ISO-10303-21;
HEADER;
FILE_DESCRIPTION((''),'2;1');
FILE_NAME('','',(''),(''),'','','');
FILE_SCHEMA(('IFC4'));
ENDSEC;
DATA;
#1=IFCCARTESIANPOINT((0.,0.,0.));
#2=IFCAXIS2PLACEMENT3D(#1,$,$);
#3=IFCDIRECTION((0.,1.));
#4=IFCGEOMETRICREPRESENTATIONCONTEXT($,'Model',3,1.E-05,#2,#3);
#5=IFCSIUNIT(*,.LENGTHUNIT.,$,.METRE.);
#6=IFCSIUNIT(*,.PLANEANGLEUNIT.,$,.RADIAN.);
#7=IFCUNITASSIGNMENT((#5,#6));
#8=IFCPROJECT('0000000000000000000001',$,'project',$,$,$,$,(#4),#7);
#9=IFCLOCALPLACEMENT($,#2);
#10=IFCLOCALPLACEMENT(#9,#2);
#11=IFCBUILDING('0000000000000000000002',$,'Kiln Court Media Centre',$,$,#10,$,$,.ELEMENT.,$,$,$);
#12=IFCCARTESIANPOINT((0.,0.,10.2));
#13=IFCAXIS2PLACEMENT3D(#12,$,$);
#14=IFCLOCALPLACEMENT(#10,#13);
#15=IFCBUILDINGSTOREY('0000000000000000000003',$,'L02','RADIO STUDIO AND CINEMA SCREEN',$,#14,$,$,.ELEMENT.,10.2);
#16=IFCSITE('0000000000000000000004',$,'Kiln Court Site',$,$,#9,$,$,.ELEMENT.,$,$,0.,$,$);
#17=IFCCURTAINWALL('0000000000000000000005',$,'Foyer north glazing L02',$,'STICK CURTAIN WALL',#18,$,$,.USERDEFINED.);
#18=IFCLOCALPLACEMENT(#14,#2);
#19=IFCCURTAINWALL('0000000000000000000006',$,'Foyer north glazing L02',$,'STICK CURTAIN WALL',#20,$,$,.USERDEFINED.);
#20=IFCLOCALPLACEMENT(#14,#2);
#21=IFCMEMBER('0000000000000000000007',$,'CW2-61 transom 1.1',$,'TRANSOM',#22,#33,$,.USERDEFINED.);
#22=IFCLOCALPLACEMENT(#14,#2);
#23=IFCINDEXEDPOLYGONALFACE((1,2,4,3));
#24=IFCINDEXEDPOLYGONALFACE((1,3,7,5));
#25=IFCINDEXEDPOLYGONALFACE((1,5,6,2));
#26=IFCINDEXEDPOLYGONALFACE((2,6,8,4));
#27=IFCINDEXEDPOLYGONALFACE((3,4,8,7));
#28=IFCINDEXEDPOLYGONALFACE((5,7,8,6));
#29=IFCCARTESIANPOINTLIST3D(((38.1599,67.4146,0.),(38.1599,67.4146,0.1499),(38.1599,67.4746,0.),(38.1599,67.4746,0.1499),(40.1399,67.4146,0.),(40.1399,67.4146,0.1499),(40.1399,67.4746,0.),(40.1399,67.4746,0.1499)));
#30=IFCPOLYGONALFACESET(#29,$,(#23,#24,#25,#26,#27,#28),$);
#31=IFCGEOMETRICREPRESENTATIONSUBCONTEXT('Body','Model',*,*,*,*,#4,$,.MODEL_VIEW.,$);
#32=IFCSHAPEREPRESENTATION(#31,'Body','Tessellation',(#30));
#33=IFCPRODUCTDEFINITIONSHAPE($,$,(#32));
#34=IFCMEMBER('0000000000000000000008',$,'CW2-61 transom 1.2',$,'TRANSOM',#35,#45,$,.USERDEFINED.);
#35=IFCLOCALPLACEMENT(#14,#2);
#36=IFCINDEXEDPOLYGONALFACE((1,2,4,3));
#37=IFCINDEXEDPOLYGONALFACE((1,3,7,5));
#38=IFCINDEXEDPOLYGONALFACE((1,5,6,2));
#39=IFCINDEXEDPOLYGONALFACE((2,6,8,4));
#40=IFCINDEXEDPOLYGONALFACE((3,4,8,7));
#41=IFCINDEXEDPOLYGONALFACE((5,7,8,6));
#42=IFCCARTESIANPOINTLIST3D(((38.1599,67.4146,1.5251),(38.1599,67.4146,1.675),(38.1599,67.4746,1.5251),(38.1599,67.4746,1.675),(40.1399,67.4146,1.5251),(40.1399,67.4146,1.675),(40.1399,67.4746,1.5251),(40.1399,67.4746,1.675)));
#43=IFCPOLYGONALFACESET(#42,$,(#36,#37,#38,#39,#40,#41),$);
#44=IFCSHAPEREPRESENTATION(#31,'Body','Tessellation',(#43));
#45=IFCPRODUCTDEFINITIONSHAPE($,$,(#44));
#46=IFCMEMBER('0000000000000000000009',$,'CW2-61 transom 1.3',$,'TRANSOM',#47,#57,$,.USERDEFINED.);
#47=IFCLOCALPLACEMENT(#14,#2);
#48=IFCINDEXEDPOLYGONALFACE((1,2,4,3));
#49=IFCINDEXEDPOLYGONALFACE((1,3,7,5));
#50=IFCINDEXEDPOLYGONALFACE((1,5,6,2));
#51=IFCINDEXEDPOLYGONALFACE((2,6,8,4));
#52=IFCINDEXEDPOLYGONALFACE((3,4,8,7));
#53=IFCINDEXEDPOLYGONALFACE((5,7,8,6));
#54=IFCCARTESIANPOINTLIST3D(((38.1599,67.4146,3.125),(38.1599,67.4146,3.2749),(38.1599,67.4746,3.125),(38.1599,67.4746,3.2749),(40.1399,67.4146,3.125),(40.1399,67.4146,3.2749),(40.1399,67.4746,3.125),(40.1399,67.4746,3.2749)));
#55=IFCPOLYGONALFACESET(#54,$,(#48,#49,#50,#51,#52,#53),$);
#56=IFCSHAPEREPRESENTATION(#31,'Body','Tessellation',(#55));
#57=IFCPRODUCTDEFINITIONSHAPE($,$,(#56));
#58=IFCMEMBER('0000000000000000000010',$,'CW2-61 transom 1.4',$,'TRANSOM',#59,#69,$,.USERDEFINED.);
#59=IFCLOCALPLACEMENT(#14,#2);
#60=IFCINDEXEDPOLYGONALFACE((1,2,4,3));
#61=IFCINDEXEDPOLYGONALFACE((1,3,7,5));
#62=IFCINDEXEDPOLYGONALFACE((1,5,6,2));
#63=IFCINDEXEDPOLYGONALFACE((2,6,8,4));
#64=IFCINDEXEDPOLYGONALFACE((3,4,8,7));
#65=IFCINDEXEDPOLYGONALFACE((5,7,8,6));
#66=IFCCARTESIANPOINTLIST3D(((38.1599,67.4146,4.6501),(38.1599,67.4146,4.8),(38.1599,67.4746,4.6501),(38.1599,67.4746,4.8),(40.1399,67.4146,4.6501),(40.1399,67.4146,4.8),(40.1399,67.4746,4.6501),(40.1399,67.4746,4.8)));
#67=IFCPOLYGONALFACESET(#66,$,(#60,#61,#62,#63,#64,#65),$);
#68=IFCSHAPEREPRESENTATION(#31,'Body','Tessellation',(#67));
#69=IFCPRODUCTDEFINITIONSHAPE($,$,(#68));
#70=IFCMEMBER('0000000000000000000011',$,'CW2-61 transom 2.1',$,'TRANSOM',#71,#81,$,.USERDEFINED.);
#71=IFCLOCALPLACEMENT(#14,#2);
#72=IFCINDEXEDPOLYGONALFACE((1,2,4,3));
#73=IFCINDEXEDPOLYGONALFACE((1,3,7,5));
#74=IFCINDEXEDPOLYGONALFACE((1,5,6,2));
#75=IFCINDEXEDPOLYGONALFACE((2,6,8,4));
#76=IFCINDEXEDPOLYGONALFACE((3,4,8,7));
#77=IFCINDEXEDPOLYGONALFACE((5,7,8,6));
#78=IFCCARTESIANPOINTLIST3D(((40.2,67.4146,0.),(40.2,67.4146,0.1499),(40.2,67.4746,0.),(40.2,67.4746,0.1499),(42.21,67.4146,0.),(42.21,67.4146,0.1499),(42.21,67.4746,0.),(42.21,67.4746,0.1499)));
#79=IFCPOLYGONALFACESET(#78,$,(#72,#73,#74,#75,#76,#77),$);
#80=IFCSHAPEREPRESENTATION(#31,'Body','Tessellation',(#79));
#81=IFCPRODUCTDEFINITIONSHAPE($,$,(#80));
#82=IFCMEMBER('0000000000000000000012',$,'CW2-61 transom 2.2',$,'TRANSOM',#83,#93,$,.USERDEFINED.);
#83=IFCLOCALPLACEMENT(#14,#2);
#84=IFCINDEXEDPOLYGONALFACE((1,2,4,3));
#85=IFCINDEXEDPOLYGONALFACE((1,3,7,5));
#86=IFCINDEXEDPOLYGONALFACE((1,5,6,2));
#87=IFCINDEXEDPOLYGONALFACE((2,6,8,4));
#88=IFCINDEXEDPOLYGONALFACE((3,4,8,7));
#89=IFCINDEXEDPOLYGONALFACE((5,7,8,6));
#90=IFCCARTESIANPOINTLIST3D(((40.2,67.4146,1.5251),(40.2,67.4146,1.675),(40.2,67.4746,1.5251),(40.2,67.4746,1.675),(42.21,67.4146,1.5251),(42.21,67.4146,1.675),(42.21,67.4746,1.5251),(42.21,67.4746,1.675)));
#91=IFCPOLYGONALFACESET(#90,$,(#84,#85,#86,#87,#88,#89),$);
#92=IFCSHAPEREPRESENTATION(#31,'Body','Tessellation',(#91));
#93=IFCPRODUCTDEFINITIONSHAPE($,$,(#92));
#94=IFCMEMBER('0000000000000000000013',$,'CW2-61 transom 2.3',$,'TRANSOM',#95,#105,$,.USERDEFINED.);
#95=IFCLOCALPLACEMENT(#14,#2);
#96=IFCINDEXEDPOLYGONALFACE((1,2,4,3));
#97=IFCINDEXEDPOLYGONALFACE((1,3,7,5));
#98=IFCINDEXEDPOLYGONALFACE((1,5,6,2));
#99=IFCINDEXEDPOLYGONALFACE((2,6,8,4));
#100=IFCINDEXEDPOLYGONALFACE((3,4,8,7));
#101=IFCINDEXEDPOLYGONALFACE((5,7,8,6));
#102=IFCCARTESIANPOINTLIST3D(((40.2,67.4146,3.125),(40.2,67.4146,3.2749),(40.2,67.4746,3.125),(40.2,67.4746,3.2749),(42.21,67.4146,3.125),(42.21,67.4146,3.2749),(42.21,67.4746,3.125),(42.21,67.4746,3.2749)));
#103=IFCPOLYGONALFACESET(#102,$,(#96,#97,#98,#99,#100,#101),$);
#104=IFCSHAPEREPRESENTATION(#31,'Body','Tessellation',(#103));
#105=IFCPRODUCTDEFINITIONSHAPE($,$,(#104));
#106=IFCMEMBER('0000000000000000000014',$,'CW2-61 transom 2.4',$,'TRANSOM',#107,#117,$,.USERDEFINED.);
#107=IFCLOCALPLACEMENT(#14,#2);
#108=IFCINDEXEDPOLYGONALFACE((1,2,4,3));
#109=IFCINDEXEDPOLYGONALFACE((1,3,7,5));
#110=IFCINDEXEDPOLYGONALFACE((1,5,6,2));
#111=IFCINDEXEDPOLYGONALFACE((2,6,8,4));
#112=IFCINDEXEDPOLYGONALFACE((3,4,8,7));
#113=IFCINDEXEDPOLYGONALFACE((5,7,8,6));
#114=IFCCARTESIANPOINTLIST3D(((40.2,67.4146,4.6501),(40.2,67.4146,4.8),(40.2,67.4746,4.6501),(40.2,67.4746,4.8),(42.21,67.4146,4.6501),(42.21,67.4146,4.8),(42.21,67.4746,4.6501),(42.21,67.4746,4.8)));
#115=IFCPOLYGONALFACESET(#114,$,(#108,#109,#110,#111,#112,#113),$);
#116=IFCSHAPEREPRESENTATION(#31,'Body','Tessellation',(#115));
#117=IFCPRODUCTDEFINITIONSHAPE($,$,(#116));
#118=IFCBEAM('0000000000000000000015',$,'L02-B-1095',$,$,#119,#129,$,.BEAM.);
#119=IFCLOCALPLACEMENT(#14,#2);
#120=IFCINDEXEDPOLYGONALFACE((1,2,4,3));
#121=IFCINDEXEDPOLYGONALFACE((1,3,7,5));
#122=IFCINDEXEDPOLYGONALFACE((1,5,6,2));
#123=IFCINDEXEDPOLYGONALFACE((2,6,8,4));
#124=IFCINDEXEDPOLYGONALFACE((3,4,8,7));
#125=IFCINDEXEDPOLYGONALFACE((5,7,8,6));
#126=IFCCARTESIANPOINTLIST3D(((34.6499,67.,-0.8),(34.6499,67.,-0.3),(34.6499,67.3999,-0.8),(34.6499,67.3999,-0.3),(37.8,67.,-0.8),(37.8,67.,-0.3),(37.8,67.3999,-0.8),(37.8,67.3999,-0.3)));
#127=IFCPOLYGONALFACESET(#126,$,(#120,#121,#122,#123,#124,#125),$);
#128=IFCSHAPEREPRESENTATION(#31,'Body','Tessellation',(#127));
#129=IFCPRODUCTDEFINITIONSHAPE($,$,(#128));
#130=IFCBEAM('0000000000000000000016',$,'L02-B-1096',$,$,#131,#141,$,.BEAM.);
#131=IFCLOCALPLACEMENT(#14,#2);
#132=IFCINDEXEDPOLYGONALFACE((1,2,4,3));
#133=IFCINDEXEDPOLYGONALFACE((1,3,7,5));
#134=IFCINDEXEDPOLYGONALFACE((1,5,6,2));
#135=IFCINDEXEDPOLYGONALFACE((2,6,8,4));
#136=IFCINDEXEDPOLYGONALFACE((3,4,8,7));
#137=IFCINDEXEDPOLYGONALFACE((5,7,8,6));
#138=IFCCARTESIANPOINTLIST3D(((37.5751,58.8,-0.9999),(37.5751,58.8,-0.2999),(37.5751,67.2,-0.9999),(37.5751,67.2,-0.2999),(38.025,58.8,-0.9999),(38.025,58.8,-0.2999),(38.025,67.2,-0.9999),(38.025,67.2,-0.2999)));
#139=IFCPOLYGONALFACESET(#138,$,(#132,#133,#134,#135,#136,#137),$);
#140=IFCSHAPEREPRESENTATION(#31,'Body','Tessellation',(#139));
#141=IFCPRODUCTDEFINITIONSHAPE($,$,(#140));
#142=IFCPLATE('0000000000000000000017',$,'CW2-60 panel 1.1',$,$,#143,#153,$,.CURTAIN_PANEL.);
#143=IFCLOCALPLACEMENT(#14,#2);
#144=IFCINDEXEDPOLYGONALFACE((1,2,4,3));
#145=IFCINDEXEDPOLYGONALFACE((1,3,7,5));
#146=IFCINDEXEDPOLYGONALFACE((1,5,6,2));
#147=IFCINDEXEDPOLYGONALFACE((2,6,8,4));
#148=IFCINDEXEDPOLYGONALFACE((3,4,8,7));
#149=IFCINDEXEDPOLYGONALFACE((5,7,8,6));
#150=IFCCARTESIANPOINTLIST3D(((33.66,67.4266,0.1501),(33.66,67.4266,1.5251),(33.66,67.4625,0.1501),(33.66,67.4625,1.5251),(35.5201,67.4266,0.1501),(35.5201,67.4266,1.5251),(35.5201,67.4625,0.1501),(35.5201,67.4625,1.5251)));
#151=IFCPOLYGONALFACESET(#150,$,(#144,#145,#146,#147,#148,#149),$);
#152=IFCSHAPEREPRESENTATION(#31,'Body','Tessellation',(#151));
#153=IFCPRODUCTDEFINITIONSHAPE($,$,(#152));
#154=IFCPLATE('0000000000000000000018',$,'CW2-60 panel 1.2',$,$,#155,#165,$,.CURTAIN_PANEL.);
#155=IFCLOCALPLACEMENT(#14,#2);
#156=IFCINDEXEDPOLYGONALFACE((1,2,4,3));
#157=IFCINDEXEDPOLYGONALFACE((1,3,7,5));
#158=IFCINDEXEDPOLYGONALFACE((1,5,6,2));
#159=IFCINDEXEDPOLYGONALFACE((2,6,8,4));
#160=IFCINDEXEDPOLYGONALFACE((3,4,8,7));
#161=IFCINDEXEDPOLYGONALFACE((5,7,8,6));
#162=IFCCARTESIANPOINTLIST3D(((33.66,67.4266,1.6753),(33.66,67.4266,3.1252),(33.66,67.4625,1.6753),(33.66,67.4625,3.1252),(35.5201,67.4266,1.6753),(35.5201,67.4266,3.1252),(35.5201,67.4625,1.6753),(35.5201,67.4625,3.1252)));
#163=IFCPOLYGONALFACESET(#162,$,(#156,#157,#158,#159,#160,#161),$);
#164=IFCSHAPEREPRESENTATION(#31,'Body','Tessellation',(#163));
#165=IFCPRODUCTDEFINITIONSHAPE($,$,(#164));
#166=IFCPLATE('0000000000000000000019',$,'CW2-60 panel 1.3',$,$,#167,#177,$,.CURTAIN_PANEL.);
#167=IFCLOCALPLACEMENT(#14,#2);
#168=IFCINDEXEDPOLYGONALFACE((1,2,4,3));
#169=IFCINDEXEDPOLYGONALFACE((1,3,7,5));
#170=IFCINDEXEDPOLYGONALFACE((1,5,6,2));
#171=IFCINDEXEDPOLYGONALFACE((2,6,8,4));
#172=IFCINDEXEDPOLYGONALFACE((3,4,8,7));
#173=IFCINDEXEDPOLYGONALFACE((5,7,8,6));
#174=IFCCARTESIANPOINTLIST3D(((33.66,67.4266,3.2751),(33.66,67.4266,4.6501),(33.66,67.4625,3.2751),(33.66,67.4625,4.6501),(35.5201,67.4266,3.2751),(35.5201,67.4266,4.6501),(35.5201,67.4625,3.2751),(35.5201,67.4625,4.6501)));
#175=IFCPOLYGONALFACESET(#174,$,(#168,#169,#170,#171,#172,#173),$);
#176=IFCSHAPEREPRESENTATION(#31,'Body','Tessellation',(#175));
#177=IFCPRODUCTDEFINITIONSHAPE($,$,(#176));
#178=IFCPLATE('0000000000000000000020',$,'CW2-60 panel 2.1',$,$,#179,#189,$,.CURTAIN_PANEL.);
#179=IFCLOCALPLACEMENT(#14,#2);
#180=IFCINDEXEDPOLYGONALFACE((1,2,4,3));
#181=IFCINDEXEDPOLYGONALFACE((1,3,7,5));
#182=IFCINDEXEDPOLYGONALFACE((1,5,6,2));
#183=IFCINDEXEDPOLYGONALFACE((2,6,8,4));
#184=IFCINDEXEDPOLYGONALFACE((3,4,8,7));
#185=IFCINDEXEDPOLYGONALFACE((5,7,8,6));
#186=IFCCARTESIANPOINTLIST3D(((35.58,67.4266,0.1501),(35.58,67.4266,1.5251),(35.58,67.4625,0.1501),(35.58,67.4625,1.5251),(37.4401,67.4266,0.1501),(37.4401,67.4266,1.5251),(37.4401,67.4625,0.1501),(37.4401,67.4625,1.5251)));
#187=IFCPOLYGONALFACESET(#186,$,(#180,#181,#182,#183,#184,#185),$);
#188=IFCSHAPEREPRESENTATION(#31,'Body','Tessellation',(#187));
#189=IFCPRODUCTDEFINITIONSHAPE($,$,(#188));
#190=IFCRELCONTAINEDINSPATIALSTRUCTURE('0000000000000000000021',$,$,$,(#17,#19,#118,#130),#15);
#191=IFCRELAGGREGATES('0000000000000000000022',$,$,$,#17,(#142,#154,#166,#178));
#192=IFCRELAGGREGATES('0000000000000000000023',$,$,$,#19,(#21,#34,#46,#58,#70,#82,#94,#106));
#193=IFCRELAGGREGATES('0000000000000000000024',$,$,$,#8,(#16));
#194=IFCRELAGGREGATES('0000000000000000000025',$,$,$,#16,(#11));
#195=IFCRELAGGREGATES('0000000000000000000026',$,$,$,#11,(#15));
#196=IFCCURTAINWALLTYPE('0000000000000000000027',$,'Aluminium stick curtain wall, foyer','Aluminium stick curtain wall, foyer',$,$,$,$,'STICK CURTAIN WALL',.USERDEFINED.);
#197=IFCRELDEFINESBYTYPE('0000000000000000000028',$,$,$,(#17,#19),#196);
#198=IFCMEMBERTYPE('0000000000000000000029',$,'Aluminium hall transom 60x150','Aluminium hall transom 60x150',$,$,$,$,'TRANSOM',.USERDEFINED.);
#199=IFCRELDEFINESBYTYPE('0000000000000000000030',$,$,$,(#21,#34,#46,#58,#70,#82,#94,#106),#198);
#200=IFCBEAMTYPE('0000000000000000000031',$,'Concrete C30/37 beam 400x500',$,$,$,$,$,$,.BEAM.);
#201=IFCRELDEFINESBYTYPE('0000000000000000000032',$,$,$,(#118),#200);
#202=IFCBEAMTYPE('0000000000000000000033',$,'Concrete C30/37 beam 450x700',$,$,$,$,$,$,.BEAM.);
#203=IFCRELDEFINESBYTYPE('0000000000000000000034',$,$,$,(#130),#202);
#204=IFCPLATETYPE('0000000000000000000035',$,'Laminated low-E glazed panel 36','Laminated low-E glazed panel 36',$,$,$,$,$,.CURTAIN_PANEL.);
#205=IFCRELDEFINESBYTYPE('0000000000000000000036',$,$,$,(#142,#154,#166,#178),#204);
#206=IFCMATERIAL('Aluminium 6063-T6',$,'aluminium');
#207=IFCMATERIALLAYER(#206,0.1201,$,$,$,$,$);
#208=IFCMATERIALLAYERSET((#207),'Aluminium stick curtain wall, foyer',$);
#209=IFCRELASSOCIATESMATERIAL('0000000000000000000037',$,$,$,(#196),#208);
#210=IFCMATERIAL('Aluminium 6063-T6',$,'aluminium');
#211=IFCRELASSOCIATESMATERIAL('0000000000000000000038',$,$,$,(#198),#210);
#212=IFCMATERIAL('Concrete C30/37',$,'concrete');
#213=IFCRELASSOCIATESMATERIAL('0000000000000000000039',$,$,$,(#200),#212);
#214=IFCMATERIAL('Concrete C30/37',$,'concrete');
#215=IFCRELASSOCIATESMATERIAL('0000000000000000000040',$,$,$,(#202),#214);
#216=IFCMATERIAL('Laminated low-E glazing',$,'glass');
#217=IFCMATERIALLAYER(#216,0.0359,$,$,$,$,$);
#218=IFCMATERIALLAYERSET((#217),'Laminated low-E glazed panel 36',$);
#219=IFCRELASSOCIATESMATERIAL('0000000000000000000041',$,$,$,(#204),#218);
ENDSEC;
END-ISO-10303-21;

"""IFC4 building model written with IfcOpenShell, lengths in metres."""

from ifc_helpers import new_model, si_unit, direction, frame, origin, origin_2d, place, context, subcontext, project, spatial, rectangle, extrude, material, layer, layer_set, material_profile, profile_set, type_object, element, aggregate, save


model = new_model("IFC4")

# Units and contexts
model_context = context("Model", 3, precision=1e-05, world=origin(), true_north=direction((0.0, 1.0)))
body_context = subcontext(model_context, "Body", "Model", "MODEL_VIEW")
ifc_project = project(units=[si_unit("LENGTHUNIT", "METRE"), si_unit("PLANEANGLEUNIT", "RADIAN")], contexts=[model_context])

# Site, building, storey
site_placement = place(None, origin())
site = spatial("IfcSite", under=ifc_project, at=site_placement, Name="Kiln Court Site", CompositionType="ELEMENT", RefElevation=0.0)
building_placement = place(site_placement, origin())
building = spatial("IfcBuilding", under=site, at=building_placement, Name="Kiln Court Media Centre", CompositionType="ELEMENT")
storey_placement = place(building_placement, frame((0.0, 0.0, 10.2)))
storey = spatial("IfcBuildingStorey", under=building, at=storey_placement, Name="L02", Description="RADIO STUDIO AND CINEMA SCREEN", CompositionType="ELEMENT", Elevation=10.2)

# Curtain walls
ifc_material_1 = material(Name="Aluminium 6063-T6", Category="aluminium")
ifc_layer_1 = layer(ifc_material_1, 0.1201)
ifc_layer_set_1 = layer_set([ifc_layer_1], Name="Aluminium stick curtain wall, foyer")
curtain_wall_type = type_object("IfcCurtainWallType", Name="Aluminium stick curtain wall, foyer", Description="Aluminium stick curtain wall, foyer", ElementType="STICK CURTAIN WALL", PredefinedType="USERDEFINED", material=ifc_layer_set_1)
curtain_wall_1_placement = place(storey_placement, origin())
curtain_wall_1 = element("IfcCurtainWall", 1, at=curtain_wall_1_placement, inside=storey, type_object=curtain_wall_type, Name="Foyer north glazing L02", ObjectType="STICK CURTAIN WALL", PredefinedType="USERDEFINED")
curtain_wall_2_placement = place(storey_placement, origin())
curtain_wall_2 = element("IfcCurtainWall", 2, at=curtain_wall_2_placement, inside=storey, type_object=curtain_wall_type, Name="Foyer north glazing L02", ObjectType="STICK CURTAIN WALL", PredefinedType="USERDEFINED")

# Members
ifc_material_2 = material(Name="Aluminium 6063-T6", Category="aluminium")
ifc_material_profile_1 = material_profile(ifc_material_2, rectangle(XDim=0.0601, YDim=0.1499, at=origin_2d()), Name="Aluminium hall transom 60x150")
ifc_profile_set_1 = profile_set([ifc_material_profile_1], Name="Aluminium 6063-T6")
member_type_1 = type_object("IfcMemberType", Name="Aluminium hall transom 60x150", Description="Aluminium hall transom 60x150", ElementType="TRANSOM", PredefinedType="USERDEFINED", material=ifc_profile_set_1)
member_1_placement = place(storey_placement, frame((38.1599, 67.4446, 0.075), z_axis=(1.0, 0.0, 0.0), x_axis=(0.0, 1.0, 0.0)))
member_1 = element("IfcMember", 3, at=member_1_placement, type_object=member_type_1, Name="CW2-61 transom 1.1", ObjectType="TRANSOM", PredefinedType="USERDEFINED", context=body_context, shape_type="SweptSolid", body=[
    extrude(rectangle(XDim=0.0601, YDim=0.1499, at=origin_2d()), origin(), (0.0, 0.0, 1.0), 1.98),
])
member_2_placement = place(storey_placement, frame((38.1599, 67.4446, 1.6001), z_axis=(1.0, 0.0, 0.0), x_axis=(0.0, 1.0, 0.0)))
member_2 = element("IfcMember", 4, at=member_2_placement, type_object=member_type_1, Name="CW2-61 transom 1.2", ObjectType="TRANSOM", PredefinedType="USERDEFINED", context=body_context, shape_type="SweptSolid", body=[
    extrude(rectangle(XDim=0.0601, YDim=0.1499, at=origin_2d()), origin(), (0.0, 0.0, 1.0), 1.98),
])
member_3_placement = place(storey_placement, frame((38.1599, 67.4446, 3.2), z_axis=(1.0, 0.0, 0.0), x_axis=(0.0, 1.0, 0.0)))
member_3 = element("IfcMember", 5, at=member_3_placement, type_object=member_type_1, Name="CW2-61 transom 1.3", ObjectType="TRANSOM", PredefinedType="USERDEFINED", context=body_context, shape_type="SweptSolid", body=[
    extrude(rectangle(XDim=0.0601, YDim=0.1499, at=origin_2d()), origin(), (0.0, 0.0, 1.0), 1.98),
])
member_4_placement = place(storey_placement, frame((38.1599, 67.4446, 4.7251), z_axis=(1.0, 0.0, 0.0), x_axis=(0.0, 1.0, 0.0)))
member_4 = element("IfcMember", 6, at=member_4_placement, type_object=member_type_1, Name="CW2-61 transom 1.4", ObjectType="TRANSOM", PredefinedType="USERDEFINED", context=body_context, shape_type="SweptSolid", body=[
    extrude(rectangle(XDim=0.0601, YDim=0.1499, at=origin_2d()), origin(), (0.0, 0.0, 1.0), 1.98),
])
member_5_placement = place(storey_placement, frame((40.2, 67.4446, 0.075), z_axis=(1.0, 0.0, 0.0), x_axis=(0.0, 1.0, 0.0)))
member_5 = element("IfcMember", 7, at=member_5_placement, type_object=member_type_1, Name="CW2-61 transom 2.1", ObjectType="TRANSOM", PredefinedType="USERDEFINED", context=body_context, shape_type="SweptSolid", body=[
    extrude(rectangle(XDim=0.0601, YDim=0.1499, at=origin_2d()), origin(), (0.0, 0.0, 1.0), 2.01),
])
member_6_placement = place(storey_placement, frame((40.2, 67.4446, 1.6001), z_axis=(1.0, 0.0, 0.0), x_axis=(0.0, 1.0, 0.0)))
member_6 = element("IfcMember", 8, at=member_6_placement, type_object=member_type_1, Name="CW2-61 transom 2.2", ObjectType="TRANSOM", PredefinedType="USERDEFINED", context=body_context, shape_type="SweptSolid", body=[
    extrude(rectangle(XDim=0.0601, YDim=0.1499, at=origin_2d()), origin(), (0.0, 0.0, 1.0), 2.01),
])
member_7_placement = place(storey_placement, frame((40.2, 67.4446, 3.2), z_axis=(1.0, 0.0, 0.0), x_axis=(0.0, 1.0, 0.0)))
member_7 = element("IfcMember", 9, at=member_7_placement, type_object=member_type_1, Name="CW2-61 transom 2.3", ObjectType="TRANSOM", PredefinedType="USERDEFINED", context=body_context, shape_type="SweptSolid", body=[
    extrude(rectangle(XDim=0.0601, YDim=0.1499, at=origin_2d()), origin(), (0.0, 0.0, 1.0), 2.01),
])
member_8_placement = place(storey_placement, frame((40.2, 67.4446, 4.7251), z_axis=(1.0, 0.0, 0.0), x_axis=(0.0, 1.0, 0.0)))
member_8 = element("IfcMember", 10, at=member_8_placement, type_object=member_type_1, Name="CW2-61 transom 2.4", ObjectType="TRANSOM", PredefinedType="USERDEFINED", context=body_context, shape_type="SweptSolid", body=[
    extrude(rectangle(XDim=0.0601, YDim=0.1499, at=origin_2d()), origin(), (0.0, 0.0, 1.0), 2.01),
])

# Beams
ifc_material_3 = material(Name="Concrete C30/37", Category="concrete")
ifc_material_profile_2 = material_profile(ifc_material_3, rectangle(XDim=0.3999, YDim=0.5, at=origin_2d()), Name="RC 400x500")
ifc_profile_set_2 = profile_set([ifc_material_profile_2], Name="Concrete C30/37")
beam_type_1 = type_object("IfcBeamType", Name="Concrete C30/37 beam 400x500", PredefinedType="BEAM", material=ifc_profile_set_2)
beam_1_placement = place(storey_placement, frame((34.6499, 67.2, -0.55), z_axis=(1.0, 0.0, 0.0), x_axis=(0.0, 1.0, 0.0)))
element("IfcBeam", 11, at=beam_1_placement, inside=storey, type_object=beam_type_1, Name="L02-B-1095", PredefinedType="BEAM", context=body_context, shape_type="SweptSolid", body=[
    extrude(rectangle(XDim=0.3999, YDim=0.5, at=origin_2d()), origin(), (0.0, 0.0, 1.0), 3.1501),
])
ifc_material_4 = material(Name="Concrete C30/37", Category="concrete")
ifc_material_profile_3 = material_profile(ifc_material_4, rectangle(XDim=0.45, YDim=0.7, at=origin_2d()), Name="RC 450x700")
ifc_profile_set_3 = profile_set([ifc_material_profile_3], Name="Concrete C30/37")
beam_type_2 = type_object("IfcBeamType", Name="Concrete C30/37 beam 450x700", PredefinedType="BEAM", material=ifc_profile_set_3)
beam_2_placement = place(storey_placement, frame((37.8, 67.2, -0.6499), z_axis=(0.0, -1.0, 0.0), x_axis=(1.0, 0.0, 0.0)))
element("IfcBeam", 12, at=beam_2_placement, inside=storey, type_object=beam_type_2, Name="L02-B-1096", PredefinedType="BEAM", context=body_context, shape_type="SweptSolid", body=[
    extrude(rectangle(XDim=0.45, YDim=0.7, at=origin_2d()), origin(), (0.0, 0.0, 1.0), 8.3999),
])

# Plates
ifc_material_5 = material(Name="Laminated low-E glazing", Category="glass")
ifc_layer_2 = layer(ifc_material_5, 0.0359)
ifc_layer_set_2 = layer_set([ifc_layer_2], Name="Laminated low-E glazed panel 36")
plate_type = type_object("IfcPlateType", Name="Laminated low-E glazed panel 36", Description="Laminated low-E glazed panel 36", PredefinedType="CURTAIN_PANEL", material=ifc_layer_set_2)
plate_1_placement = place(storey_placement, frame((34.5901, 67.4446, 0.1501), z_axis=(0.0, 0.0, 1.0), x_axis=(1.0, 0.0, 0.0)))
plate_1 = element("IfcPlate", 13, at=plate_1_placement, type_object=plate_type, Name="CW2-60 panel 1.1", PredefinedType="CURTAIN_PANEL", context=body_context, shape_type="SweptSolid", body=[
    extrude(rectangle(XDim=1.8601, YDim=0.0359, at=origin_2d()), origin(), (0.0, 0.0, 1.0), 1.375),
])
plate_2_placement = place(storey_placement, frame((34.5901, 67.4446, 1.6753), z_axis=(0.0, 0.0, 1.0), x_axis=(1.0, 0.0, 0.0)))
plate_2 = element("IfcPlate", 14, at=plate_2_placement, type_object=plate_type, Name="CW2-60 panel 1.2", PredefinedType="CURTAIN_PANEL", context=body_context, shape_type="SweptSolid", body=[
    extrude(rectangle(XDim=1.8601, YDim=0.0359, at=origin_2d()), origin(), (0.0, 0.0, 1.0), 1.45),
])
plate_3_placement = place(storey_placement, frame((34.5901, 67.4446, 3.2751), z_axis=(0.0, 0.0, 1.0), x_axis=(1.0, 0.0, 0.0)))
plate_3 = element("IfcPlate", 15, at=plate_3_placement, type_object=plate_type, Name="CW2-60 panel 1.3", PredefinedType="CURTAIN_PANEL", context=body_context, shape_type="SweptSolid", body=[
    extrude(rectangle(XDim=1.8601, YDim=0.0359, at=origin_2d()), origin(), (0.0, 0.0, 1.0), 1.375),
])
plate_4_placement = place(storey_placement, frame((36.51, 67.4446, 0.1501), z_axis=(0.0, 0.0, 1.0), x_axis=(1.0, 0.0, 0.0)))
plate_4 = element("IfcPlate", 16, at=plate_4_placement, type_object=plate_type, Name="CW2-60 panel 2.1", PredefinedType="CURTAIN_PANEL", context=body_context, shape_type="SweptSolid", body=[
    extrude(rectangle(XDim=1.8601, YDim=0.0359, at=origin_2d()), origin(), (0.0, 0.0, 1.0), 1.375),
])
aggregate(curtain_wall_1, [plate_1, plate_2, plate_3, plate_4])
aggregate(curtain_wall_2, [member_1, member_2, member_3, member_4, member_5, member_6, member_7, member_8])

save(model, "model.ifc")
